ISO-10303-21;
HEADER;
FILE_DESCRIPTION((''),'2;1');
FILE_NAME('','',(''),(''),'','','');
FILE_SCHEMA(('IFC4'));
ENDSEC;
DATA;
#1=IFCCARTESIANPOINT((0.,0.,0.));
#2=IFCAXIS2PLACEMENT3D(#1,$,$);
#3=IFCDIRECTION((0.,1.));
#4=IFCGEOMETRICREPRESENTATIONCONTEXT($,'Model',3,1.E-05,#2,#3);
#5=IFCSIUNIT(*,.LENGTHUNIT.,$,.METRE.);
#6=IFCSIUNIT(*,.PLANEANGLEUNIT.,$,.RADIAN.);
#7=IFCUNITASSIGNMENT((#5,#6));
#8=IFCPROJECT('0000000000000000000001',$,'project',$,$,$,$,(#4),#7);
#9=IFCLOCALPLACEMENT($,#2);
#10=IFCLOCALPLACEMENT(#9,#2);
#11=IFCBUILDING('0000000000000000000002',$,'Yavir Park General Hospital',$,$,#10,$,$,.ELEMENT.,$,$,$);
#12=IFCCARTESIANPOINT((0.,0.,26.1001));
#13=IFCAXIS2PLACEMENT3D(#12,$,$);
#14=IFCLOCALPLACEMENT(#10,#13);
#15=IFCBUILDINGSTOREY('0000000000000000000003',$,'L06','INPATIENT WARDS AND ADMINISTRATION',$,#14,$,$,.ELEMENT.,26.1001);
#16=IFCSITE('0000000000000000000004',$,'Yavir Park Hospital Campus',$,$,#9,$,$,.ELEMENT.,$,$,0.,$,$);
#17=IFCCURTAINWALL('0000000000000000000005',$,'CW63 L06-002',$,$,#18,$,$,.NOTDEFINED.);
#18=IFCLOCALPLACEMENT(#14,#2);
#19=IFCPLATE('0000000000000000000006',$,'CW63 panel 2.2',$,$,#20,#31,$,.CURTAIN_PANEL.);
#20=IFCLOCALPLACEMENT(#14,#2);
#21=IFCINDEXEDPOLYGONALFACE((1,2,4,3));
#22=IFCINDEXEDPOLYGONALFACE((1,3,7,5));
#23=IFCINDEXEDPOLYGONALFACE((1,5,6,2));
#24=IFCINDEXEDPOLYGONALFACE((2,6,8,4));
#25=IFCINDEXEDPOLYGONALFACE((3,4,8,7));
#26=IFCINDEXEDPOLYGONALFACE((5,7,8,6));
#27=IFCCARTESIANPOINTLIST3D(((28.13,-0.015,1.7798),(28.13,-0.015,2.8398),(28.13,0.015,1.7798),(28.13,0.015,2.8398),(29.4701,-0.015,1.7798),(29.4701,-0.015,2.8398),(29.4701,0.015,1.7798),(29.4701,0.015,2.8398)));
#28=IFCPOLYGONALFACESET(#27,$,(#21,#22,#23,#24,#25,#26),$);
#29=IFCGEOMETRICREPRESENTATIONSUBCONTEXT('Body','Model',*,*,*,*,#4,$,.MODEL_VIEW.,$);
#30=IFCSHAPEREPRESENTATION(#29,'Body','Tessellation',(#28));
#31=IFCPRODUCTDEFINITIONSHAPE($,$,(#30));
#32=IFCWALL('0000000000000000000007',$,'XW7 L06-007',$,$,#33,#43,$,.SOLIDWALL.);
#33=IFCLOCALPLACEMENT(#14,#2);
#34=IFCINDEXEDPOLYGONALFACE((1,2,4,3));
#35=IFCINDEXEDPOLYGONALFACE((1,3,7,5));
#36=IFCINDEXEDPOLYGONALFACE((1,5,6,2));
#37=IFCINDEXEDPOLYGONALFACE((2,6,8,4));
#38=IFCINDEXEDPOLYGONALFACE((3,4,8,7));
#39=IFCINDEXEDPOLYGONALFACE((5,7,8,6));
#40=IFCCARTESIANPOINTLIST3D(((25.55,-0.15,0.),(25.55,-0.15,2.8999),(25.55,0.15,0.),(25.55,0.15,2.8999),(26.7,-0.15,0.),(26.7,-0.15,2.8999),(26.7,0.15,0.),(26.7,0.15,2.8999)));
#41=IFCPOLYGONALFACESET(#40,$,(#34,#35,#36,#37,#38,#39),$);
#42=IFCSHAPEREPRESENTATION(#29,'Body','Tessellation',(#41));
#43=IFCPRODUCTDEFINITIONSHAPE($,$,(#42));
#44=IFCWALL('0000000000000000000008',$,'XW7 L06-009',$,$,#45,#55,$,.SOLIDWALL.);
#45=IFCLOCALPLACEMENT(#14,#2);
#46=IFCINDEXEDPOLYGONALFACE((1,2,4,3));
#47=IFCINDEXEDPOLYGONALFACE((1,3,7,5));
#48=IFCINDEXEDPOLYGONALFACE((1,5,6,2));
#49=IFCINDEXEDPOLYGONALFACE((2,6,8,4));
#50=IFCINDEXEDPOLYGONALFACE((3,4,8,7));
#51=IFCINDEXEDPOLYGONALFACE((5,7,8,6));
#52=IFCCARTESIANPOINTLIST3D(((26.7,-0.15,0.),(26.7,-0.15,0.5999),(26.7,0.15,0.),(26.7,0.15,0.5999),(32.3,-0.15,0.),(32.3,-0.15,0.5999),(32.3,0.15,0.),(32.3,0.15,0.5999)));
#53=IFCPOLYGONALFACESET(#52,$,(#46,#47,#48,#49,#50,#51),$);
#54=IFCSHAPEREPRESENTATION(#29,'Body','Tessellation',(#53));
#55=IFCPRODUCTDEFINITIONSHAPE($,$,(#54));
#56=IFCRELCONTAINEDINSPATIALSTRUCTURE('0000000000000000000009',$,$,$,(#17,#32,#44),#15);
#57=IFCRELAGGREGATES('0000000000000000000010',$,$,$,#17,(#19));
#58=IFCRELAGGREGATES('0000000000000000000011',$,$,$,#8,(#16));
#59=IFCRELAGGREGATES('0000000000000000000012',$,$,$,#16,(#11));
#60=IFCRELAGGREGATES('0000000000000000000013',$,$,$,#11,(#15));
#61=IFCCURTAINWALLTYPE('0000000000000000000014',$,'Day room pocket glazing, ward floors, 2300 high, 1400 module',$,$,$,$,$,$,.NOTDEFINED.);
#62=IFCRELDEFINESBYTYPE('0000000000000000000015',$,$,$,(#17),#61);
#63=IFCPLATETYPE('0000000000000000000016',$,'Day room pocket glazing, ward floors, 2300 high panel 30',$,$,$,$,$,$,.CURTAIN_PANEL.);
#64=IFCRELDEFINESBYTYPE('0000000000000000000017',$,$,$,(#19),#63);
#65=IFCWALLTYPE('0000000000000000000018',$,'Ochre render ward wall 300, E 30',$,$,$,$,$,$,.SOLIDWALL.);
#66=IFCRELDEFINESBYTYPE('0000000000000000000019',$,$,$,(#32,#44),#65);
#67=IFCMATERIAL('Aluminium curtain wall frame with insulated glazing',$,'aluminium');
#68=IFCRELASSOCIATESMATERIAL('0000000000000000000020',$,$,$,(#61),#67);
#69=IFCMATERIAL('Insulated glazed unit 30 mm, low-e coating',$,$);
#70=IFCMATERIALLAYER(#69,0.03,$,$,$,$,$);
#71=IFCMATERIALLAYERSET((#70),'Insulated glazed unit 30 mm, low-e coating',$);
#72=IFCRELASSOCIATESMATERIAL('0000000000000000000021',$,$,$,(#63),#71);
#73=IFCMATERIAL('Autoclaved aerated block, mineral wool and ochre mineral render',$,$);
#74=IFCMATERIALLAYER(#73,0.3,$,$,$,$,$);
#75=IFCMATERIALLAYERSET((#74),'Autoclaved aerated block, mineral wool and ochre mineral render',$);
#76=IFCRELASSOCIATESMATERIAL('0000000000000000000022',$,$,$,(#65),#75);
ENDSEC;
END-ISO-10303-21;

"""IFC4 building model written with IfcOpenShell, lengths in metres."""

from ifc_helpers import new_model, si_unit, direction, frame, frame_2d, origin, origin_2d, place, context, subcontext, project, spatial, rectangle, extrude, material, layer, layer_set, type_object, element, aggregate, save


model = new_model("IFC4")

# Units and contexts
model_context = context("Model", 3, precision=1e-05, world=origin(), true_north=direction((0.0, 1.0)))
body_context = subcontext(model_context, "Body", "Model", "MODEL_VIEW")
ifc_project = project(units=[si_unit("LENGTHUNIT", "METRE"), si_unit("PLANEANGLEUNIT", "RADIAN")], contexts=[model_context])

# Site, building, storey
site_placement = place(None, origin())
site = spatial("IfcSite", under=ifc_project, at=site_placement, Name="Yavir Park Hospital Campus", CompositionType="ELEMENT", RefElevation=0.0)
building_placement = place(site_placement, origin())
building = spatial("IfcBuilding", under=site, at=building_placement, Name="Yavir Park General Hospital", CompositionType="ELEMENT")
storey_placement = place(building_placement, frame((0.0, 0.0, 26.1001)))
storey = spatial("IfcBuildingStorey", under=building, at=storey_placement, Name="L06", Description="INPATIENT WARDS AND ADMINISTRATION", CompositionType="ELEMENT", Elevation=26.1001)

# Curtain wall
ifc_material_1 = material(Name="Aluminium curtain wall frame with insulated glazing", Category="aluminium")
curtain_wall_type = type_object("IfcCurtainWallType", Name="Day room pocket glazing, ward floors, 2300 high, 1400 module", PredefinedType="NOTDEFINED", material=ifc_material_1)
curtain_wall_placement = place(storey_placement, origin())
curtain_wall = element("IfcCurtainWall", 1, at=curtain_wall_placement, inside=storey, type_object=curtain_wall_type, Name="CW63 L06-002", PredefinedType="NOTDEFINED")

# Plate
ifc_material_2 = material(Name="Insulated glazed unit 30 mm, low-e coating")
ifc_layer_1 = layer(ifc_material_2, 0.03)
ifc_layer_set_1 = layer_set([ifc_layer_1], Name="Insulated glazed unit 30 mm, low-e coating")
plate_type = type_object("IfcPlateType", Name="Day room pocket glazing, ward floors, 2300 high panel 30", PredefinedType="CURTAIN_PANEL", material=ifc_layer_set_1)
plate_1_placement = place(storey_placement, frame((28.8, 0.0, 1.7798), z_axis=(0.0, 0.0, 1.0), x_axis=(1.0, 0.0, 0.0)))
plate_1 = element("IfcPlate", 2, at=plate_1_placement, type_object=plate_type, Name="CW63 panel 2.2", PredefinedType="CURTAIN_PANEL", context=body_context, shape_type="SweptSolid", body=[
    extrude(rectangle(XDim=1.3401, YDim=0.03, at=origin_2d()), origin(), (0.0, 0.0, 1.0), 1.0601),
])
aggregate(curtain_wall, [plate_1])

# Walls
ifc_material_3 = material(Name="Autoclaved aerated block, mineral wool and ochre mineral render")
ifc_layer_2 = layer(ifc_material_3, 0.3)
ifc_layer_set_2 = layer_set([ifc_layer_2], Name="Autoclaved aerated block, mineral wool and ochre mineral render")
wall_type = type_object("IfcWallType", Name="Ochre render ward wall 300, E 30", PredefinedType="SOLIDWALL", material=ifc_layer_set_2)
wall_1_placement = place(storey_placement, frame((25.55, 0.0, 0.0), z_axis=(0.0, 0.0, 1.0), x_axis=(1.0, 0.0, 0.0)))
element("IfcWall", 3, at=wall_1_placement, inside=storey, type_object=wall_type, Name="XW7 L06-007", PredefinedType="SOLIDWALL", context=body_context, shape_type="SweptSolid", body=[
    extrude(rectangle(XDim=1.1499, YDim=0.3, at=frame_2d((0.575, 0.0))), origin(), (0.0, 0.0, 1.0), 2.8999),
])
wall_2_placement = place(storey_placement, frame((26.7, 0.0, 0.0), z_axis=(0.0, 0.0, 1.0), x_axis=(1.0, 0.0, 0.0)))
element("IfcWall", 4, at=wall_2_placement, inside=storey, type_object=wall_type, Name="XW7 L06-009", PredefinedType="SOLIDWALL", context=body_context, shape_type="SweptSolid", body=[
    extrude(rectangle(XDim=5.6001, YDim=0.3, at=frame_2d((2.8, 0.0))), origin(), (0.0, 0.0, 1.0), 0.5999),
])

save(model, "model.ifc")
